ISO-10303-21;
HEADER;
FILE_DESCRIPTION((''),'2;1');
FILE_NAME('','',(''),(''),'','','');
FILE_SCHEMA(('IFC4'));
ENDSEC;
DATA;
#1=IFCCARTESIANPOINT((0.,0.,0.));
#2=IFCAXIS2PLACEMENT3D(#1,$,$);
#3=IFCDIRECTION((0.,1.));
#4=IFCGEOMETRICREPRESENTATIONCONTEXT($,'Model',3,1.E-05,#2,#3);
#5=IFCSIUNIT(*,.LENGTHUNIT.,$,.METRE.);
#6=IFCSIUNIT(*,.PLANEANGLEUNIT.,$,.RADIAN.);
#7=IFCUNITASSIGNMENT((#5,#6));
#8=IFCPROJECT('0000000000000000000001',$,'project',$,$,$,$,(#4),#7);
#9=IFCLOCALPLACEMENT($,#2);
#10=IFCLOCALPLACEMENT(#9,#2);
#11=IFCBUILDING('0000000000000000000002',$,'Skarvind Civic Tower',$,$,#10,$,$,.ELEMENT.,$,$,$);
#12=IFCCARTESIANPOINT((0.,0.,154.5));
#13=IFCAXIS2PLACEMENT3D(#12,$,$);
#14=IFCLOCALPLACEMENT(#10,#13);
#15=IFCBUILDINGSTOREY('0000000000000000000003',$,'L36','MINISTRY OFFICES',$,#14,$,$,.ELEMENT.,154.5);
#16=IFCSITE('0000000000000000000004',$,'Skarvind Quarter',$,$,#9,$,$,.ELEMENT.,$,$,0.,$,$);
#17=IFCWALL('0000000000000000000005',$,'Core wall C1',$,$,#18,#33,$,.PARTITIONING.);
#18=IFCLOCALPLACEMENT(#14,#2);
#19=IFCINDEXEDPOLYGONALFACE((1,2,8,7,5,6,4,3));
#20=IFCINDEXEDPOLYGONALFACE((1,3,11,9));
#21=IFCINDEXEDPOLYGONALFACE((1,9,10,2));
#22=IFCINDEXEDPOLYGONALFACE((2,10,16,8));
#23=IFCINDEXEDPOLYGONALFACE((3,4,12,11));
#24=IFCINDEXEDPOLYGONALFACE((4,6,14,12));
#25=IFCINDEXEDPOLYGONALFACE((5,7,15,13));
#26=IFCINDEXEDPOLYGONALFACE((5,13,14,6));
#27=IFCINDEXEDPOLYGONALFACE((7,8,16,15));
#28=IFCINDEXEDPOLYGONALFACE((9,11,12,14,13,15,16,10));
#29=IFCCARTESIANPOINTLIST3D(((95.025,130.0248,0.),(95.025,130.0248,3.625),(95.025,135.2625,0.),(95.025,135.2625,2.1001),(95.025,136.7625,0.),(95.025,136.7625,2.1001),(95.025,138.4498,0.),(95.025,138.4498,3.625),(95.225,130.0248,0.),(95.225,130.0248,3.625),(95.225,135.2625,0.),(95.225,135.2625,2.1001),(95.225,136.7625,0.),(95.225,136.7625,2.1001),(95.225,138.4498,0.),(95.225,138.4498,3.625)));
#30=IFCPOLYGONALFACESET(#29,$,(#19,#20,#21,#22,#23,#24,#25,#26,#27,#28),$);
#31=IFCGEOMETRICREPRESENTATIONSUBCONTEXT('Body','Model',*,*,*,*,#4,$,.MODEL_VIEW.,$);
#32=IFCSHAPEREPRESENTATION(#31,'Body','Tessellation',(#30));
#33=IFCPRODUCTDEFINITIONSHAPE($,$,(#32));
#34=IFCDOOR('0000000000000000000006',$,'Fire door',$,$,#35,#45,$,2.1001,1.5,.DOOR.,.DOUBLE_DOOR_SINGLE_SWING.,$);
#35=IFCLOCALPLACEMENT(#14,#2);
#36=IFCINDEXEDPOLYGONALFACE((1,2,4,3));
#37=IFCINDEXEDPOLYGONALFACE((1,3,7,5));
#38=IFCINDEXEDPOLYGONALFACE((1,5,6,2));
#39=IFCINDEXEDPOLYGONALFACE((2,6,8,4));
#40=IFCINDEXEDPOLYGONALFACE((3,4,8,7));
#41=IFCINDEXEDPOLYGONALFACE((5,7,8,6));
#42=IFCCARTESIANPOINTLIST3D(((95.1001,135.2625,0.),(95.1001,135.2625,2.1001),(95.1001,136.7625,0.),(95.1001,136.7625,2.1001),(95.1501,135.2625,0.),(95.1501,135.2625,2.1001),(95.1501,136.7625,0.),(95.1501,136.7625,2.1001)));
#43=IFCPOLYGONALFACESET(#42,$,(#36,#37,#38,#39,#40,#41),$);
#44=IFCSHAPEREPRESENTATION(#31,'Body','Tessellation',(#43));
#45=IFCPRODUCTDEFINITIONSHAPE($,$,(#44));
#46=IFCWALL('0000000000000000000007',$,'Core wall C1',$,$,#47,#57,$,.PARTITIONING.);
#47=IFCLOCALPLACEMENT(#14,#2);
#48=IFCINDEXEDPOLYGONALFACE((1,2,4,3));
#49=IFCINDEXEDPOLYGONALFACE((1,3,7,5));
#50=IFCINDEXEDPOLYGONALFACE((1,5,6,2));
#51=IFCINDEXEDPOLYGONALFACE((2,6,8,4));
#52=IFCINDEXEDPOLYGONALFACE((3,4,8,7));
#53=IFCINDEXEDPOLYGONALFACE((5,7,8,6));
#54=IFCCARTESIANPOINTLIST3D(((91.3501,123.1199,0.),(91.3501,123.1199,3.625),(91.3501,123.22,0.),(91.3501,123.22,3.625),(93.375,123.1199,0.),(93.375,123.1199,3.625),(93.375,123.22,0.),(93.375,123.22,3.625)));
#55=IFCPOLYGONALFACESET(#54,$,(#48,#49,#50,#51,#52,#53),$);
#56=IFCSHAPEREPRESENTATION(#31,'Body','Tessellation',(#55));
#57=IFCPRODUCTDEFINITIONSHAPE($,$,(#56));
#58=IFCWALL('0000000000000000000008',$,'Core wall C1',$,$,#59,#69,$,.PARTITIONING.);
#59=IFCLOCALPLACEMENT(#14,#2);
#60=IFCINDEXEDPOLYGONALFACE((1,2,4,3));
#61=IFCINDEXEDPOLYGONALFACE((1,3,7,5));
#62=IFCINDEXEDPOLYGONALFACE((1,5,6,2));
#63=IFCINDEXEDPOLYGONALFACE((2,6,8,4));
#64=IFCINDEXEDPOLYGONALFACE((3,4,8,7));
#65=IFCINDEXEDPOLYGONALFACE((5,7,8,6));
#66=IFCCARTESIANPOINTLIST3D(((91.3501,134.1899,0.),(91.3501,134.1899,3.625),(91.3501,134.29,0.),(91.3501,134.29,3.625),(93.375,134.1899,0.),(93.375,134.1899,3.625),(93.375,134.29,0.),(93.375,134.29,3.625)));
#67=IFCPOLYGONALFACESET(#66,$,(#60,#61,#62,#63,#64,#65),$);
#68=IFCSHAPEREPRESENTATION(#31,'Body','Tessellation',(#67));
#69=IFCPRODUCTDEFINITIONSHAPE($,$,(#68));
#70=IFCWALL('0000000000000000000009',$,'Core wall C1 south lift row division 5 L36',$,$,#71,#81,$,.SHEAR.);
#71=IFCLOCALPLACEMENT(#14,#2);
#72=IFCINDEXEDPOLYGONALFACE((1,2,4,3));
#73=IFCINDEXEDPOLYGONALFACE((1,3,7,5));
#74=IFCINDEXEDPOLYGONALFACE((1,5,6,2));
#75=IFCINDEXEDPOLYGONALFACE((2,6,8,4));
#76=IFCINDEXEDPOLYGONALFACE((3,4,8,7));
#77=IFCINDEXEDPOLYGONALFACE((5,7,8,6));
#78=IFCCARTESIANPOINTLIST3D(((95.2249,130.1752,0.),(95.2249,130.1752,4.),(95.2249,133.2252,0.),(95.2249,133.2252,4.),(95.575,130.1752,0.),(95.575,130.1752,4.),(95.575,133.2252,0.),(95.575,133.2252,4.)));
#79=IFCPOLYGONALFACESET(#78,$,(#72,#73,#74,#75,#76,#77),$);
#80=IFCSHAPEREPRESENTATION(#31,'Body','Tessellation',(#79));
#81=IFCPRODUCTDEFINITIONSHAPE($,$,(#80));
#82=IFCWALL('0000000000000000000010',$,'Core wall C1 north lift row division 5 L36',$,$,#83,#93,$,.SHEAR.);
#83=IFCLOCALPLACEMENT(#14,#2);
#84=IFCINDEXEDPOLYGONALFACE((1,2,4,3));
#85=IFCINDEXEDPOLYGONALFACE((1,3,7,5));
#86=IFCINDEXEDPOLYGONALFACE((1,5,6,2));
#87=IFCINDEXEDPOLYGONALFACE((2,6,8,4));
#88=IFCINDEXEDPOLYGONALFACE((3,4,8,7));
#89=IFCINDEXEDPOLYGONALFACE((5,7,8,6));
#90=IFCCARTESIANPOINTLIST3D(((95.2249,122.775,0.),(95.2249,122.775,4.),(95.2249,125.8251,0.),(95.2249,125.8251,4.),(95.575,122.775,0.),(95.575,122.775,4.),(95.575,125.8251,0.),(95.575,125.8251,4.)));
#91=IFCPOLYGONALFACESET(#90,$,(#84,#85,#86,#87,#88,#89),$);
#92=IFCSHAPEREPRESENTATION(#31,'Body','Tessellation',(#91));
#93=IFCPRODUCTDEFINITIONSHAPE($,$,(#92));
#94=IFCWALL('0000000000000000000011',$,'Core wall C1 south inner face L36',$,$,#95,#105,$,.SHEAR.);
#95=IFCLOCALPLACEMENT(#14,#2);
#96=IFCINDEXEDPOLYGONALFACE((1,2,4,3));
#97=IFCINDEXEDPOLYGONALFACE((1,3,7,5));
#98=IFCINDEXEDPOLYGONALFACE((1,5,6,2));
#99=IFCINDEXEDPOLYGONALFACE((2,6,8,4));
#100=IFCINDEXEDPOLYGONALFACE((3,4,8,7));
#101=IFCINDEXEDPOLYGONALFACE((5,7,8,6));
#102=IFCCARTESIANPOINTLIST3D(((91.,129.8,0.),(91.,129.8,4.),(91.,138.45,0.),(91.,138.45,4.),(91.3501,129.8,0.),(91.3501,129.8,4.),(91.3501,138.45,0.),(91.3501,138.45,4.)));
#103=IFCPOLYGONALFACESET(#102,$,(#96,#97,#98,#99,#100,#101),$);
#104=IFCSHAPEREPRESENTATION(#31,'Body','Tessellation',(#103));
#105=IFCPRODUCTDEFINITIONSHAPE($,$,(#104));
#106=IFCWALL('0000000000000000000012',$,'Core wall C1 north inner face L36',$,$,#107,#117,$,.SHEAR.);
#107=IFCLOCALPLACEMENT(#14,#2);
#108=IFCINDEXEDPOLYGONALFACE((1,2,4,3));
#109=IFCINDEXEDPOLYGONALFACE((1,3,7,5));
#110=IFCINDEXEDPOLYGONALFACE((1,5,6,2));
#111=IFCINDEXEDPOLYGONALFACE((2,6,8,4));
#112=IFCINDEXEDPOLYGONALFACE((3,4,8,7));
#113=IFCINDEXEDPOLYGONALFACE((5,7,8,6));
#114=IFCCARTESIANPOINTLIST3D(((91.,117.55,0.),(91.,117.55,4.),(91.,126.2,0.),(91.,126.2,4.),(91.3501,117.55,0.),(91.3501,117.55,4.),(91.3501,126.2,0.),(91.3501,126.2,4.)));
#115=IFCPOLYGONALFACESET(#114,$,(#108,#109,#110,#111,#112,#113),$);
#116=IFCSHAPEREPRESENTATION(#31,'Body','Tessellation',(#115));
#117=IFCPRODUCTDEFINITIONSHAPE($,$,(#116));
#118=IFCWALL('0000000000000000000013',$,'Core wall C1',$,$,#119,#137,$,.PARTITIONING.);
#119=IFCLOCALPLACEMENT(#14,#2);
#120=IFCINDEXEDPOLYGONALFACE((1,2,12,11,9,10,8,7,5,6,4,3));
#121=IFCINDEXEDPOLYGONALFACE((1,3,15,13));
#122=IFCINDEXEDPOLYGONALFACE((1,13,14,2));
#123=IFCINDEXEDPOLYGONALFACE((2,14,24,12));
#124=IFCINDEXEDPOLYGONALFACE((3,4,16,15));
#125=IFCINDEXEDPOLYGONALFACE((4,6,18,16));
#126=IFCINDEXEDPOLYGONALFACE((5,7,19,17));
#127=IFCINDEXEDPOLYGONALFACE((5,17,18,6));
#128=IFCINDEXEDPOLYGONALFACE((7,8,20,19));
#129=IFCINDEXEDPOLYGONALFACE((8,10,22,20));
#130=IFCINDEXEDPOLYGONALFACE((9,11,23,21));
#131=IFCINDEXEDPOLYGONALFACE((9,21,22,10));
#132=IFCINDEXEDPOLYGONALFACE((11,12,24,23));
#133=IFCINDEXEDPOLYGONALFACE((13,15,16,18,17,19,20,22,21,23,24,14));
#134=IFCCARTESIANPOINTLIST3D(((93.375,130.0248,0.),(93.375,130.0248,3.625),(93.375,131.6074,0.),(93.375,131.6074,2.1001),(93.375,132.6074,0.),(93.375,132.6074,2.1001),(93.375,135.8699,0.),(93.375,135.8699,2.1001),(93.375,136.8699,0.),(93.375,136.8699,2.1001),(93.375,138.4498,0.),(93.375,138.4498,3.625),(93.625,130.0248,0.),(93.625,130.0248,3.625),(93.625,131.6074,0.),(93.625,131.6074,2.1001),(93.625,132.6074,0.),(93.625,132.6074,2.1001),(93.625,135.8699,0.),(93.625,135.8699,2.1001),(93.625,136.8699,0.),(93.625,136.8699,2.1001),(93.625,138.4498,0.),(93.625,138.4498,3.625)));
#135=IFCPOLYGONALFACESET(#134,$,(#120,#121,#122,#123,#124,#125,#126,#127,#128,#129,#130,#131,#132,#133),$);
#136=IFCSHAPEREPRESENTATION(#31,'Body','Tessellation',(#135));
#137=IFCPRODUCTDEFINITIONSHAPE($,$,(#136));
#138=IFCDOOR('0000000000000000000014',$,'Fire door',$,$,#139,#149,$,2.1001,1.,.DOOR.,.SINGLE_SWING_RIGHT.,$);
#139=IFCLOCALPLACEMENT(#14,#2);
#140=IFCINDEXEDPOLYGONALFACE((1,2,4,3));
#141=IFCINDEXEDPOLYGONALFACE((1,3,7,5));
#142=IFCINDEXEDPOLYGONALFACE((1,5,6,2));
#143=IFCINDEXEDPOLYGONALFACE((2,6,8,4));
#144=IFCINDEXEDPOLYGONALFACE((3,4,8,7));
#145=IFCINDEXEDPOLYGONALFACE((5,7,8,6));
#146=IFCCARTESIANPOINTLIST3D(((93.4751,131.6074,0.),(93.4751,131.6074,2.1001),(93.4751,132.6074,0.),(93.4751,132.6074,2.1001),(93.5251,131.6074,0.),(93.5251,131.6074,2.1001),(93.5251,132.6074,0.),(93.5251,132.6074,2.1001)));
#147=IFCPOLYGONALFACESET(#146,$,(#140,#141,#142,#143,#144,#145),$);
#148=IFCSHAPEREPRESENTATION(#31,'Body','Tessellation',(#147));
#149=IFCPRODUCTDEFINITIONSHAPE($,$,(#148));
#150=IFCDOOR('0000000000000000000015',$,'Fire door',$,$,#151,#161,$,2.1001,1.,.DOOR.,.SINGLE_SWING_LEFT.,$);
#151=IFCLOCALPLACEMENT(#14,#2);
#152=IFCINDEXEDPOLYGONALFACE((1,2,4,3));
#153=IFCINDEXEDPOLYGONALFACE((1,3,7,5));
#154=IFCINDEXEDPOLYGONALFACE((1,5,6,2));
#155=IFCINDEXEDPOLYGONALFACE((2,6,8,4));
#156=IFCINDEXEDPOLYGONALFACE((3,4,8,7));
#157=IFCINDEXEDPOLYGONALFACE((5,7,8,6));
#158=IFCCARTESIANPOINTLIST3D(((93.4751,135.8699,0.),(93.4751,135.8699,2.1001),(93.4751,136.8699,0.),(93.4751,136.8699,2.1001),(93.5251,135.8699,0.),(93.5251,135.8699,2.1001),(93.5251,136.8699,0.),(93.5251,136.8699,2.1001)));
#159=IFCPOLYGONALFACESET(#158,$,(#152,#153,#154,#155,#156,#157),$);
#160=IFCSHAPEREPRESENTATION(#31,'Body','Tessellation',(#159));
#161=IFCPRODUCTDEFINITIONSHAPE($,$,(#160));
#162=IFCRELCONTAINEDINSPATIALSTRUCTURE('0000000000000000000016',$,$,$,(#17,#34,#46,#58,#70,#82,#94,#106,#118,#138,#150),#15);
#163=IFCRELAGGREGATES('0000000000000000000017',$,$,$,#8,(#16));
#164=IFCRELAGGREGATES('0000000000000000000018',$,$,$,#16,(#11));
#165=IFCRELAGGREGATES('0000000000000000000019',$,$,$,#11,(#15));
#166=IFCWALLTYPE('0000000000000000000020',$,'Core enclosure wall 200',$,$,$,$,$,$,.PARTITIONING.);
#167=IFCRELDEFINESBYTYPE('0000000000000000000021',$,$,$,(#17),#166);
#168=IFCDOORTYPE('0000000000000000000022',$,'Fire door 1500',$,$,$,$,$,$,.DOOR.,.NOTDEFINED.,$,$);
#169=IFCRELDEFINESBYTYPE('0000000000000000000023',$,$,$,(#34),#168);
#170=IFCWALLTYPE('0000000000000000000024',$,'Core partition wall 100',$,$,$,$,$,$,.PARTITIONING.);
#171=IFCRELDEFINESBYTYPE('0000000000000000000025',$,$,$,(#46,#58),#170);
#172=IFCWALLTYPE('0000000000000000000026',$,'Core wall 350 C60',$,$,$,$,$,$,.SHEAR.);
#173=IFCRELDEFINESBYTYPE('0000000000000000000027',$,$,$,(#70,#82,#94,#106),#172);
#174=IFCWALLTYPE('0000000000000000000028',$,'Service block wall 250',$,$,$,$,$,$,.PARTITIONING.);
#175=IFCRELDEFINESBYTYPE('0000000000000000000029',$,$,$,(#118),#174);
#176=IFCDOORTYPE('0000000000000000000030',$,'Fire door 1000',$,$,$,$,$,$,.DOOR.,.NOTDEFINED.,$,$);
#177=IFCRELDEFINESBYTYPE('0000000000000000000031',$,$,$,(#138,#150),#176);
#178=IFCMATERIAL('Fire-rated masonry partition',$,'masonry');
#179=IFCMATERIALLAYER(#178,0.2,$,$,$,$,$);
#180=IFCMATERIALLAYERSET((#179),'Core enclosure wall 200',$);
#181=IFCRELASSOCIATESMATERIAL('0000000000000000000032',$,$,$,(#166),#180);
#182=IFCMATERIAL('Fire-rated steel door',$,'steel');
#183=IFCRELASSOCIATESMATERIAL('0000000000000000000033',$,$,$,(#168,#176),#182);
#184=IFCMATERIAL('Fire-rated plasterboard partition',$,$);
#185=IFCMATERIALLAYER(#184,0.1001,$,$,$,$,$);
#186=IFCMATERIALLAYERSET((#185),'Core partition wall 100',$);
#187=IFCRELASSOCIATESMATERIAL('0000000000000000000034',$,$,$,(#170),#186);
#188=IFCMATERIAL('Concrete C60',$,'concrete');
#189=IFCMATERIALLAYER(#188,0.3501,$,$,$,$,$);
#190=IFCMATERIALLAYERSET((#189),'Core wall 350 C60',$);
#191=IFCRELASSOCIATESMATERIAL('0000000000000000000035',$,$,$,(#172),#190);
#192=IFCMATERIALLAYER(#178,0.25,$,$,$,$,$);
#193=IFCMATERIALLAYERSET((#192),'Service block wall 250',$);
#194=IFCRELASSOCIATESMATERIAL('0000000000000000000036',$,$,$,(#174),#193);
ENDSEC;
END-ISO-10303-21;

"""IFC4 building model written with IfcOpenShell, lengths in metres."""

from ifc_helpers import new_model, si_unit, direction, frame, frame_2d, origin, place, context, subcontext, project, spatial, rectangle, extrude, material, layer, layer_set, type_object, element, fill, save


model = new_model("IFC4")

# Units and contexts
model_context = context("Model", 3, precision=1e-05, world=origin(), true_north=direction((0.0, 1.0)))
body_context = subcontext(model_context, "Body", "Model", "MODEL_VIEW")
ifc_project = project(units=[si_unit("LENGTHUNIT", "METRE"), si_unit("PLANEANGLEUNIT", "RADIAN")], contexts=[model_context])

# Site, building, storey
site_placement = place(None, origin())
site = spatial("IfcSite", under=ifc_project, at=site_placement, Name="Skarvind Quarter", CompositionType="ELEMENT", RefElevation=0.0)
building_placement = place(site_placement, origin())
building = spatial("IfcBuilding", under=site, at=building_placement, Name="Skarvind Civic Tower", CompositionType="ELEMENT")
storey_placement = place(building_placement, frame((0.0, 0.0, 154.5)))
storey = spatial("IfcBuildingStorey", under=building, at=storey_placement, Name="L36", Description="MINISTRY OFFICES", CompositionType="ELEMENT", Elevation=154.5)

# Shared definitions
ifc_material_1 = material(Name="Concrete C60", Category="concrete")

# Wall, opening, door
ifc_material_2 = material(Name="Fire-rated masonry partition", Category="masonry")
ifc_layer_1 = layer(ifc_material_2, 0.2)
ifc_layer_set_1 = layer_set([ifc_layer_1], Name="Core enclosure wall 200")
wall_type_1 = type_object("IfcWallType", Name="Core enclosure wall 200", PredefinedType="PARTITIONING", material=ifc_layer_set_1)
ifc_material_3 = material(Name="Fire-rated steel door", Category="steel")
wall_1_placement = place(storey_placement, frame((95.125, 130.0249, 0.0), z_axis=(0.0, 0.0, 1.0), x_axis=(0.0, 1.0, 0.0)))
wall_1 = element("IfcWall", 1, at=wall_1_placement, inside=storey, type_object=wall_type_1, Name="Core wall C1", PredefinedType="PARTITIONING", context=body_context, shape_type="SweptSolid", body=[
    extrude(rectangle(XDim=8.425, YDim=0.2, at=frame_2d((4.2124, 0.0))), origin(), (0.0, 0.0, 1.0), 3.625),
])
opening_1_placement = place(wall_1_placement, frame((5.2375, 0.0, 0.0)))
opening_1 = element("IfcOpeningElement", 2, at=opening_1_placement, cuts=wall_1, PredefinedType="OPENING", context=body_context, shape_type="SweptSolid", body=[
    extrude(rectangle(XDim=1.5, YDim=2.1001, at=frame_2d((0.75, 1.05))), frame((0.0, 0.1099, 0.0), z_axis=(0.0, -1.0, 0.0), x_axis=(1.0, 0.0, 0.0)), (0.0, 0.0, 1.0), 0.22),
])
door_type_1 = type_object("IfcDoorType", Name="Fire door 1500", OperationType="NOTDEFINED", PredefinedType="DOOR", material=ifc_material_3)
door_1_placement = place(opening_1_placement, origin())
door_1 = element("IfcDoor", 3, at=door_1_placement, inside=storey, type_object=door_type_1, Name="Fire door", OperationType="DOUBLE_DOOR_SINGLE_SWING", OverallHeight=2.1001, OverallWidth=1.5, PredefinedType="DOOR", context=body_context, shape_type="SweptSolid", body=[
    extrude(rectangle(XDim=1.5, YDim=2.1001, at=frame_2d((0.75, 1.05))), frame((0.0, 0.0249, 0.0), z_axis=(0.0, -1.0, 0.0), x_axis=(1.0, 0.0, 0.0)), (0.0, 0.0, 1.0), 0.05),
])
fill(opening_1, door_1)

# Walls
ifc_material_4 = material(Name="Fire-rated plasterboard partition")
ifc_layer_2 = layer(ifc_material_4, 0.1001)
ifc_layer_set_2 = layer_set([ifc_layer_2], Name="Core partition wall 100")
wall_type_2 = type_object("IfcWallType", Name="Core partition wall 100", PredefinedType="PARTITIONING", material=ifc_layer_set_2)
for number, where, z_axis, x_axis, name in (
    (4, (93.375, 123.1699, 0.0), (0.0, 0.0, 1.0), (-1.0, 0.0, 0.0), "Core wall C1"),
    (5, (91.3501, 134.24, 0.0), (0.0, 0.0, 1.0), (1.0, 0.0, 0.0), "Core wall C1"),
):
    element("IfcWall", number, at=place(storey_placement, frame(where, z_axis=z_axis, x_axis=x_axis)), inside=storey, type_object=wall_type_2, Name=name, PredefinedType="PARTITIONING", context=body_context, shape_type="SweptSolid", body=[
        extrude(rectangle(XDim=2.0249, YDim=0.1001, at=frame_2d((1.0125, 0.0))), origin(), (0.0, 0.0, 1.0), 3.625),
    ])
ifc_layer_3 = layer(ifc_material_1, 0.3501)
ifc_layer_set_3 = layer_set([ifc_layer_3], Name="Core wall 350 C60")
wall_type_3 = type_object("IfcWallType", Name="Core wall 350 C60", PredefinedType="SHEAR", material=ifc_layer_set_3)
for number, where, z_axis, x_axis, name in (
    (6, (95.3999, 133.2251, 0.0), (0.0, 0.0, 1.0), (0.0, -1.0, 0.0), "Core wall C1 south lift row division 5 L36"),
    (7, (95.3999, 125.825, 0.0), (0.0, 0.0, 1.0), (0.0, -1.0, 0.0), "Core wall C1 north lift row division 5 L36"),
):
    element("IfcWall", number, at=place(storey_placement, frame(where, z_axis=z_axis, x_axis=x_axis)), inside=storey, type_object=wall_type_3, Name=name, PredefinedType="SHEAR", context=body_context, shape_type="SweptSolid", body=[
        extrude(rectangle(XDim=3.05, YDim=0.3501, at=frame_2d((1.5249, 0.0))), origin(), (0.0, 0.0, 1.0), 4.0),
    ])
for number, where, z_axis, x_axis, name in (
    (8, (91.175, 138.45, 0.0), (0.0, 0.0, 1.0), (0.0, -1.0, 0.0), "Core wall C1 south inner face L36"),
    (9, (91.175, 126.2, 0.0), (0.0, 0.0, 1.0), (0.0, -1.0, 0.0), "Core wall C1 north inner face L36"),
):
    element("IfcWall", number, at=place(storey_placement, frame(where, z_axis=z_axis, x_axis=x_axis)), inside=storey, type_object=wall_type_3, Name=name, PredefinedType="SHEAR", context=body_context, shape_type="SweptSolid", body=[
        extrude(rectangle(XDim=8.6499, YDim=0.3501, at=frame_2d((4.325, 0.0))), origin(), (0.0, 0.0, 1.0), 4.0),
    ])

# Wall, openings, doors
ifc_layer_4 = layer(ifc_material_2, 0.25)
ifc_layer_set_4 = layer_set([ifc_layer_4], Name="Service block wall 250")
wall_type_4 = type_object("IfcWallType", Name="Service block wall 250", PredefinedType="PARTITIONING", material=ifc_layer_set_4)
wall_2_placement = place(storey_placement, frame((93.5, 130.0249, 0.0), z_axis=(0.0, 0.0, 1.0), x_axis=(0.0, 1.0, 0.0)))
wall_2 = element("IfcWall", 10, at=wall_2_placement, inside=storey, type_object=wall_type_4, Name="Core wall C1", PredefinedType="PARTITIONING", context=body_context, shape_type="SweptSolid", body=[
    extrude(rectangle(XDim=8.425, YDim=0.25, at=frame_2d((4.2124, 0.0))), origin(), (0.0, 0.0, 1.0), 3.625),
])
opening_2_placement = place(wall_2_placement, frame((1.5825, 0.0, 0.0)))
opening_2 = element("IfcOpeningElement", 11, at=opening_2_placement, cuts=wall_2, PredefinedType="OPENING", context=body_context, shape_type="SweptSolid", body=[
    extrude(rectangle(XDim=1.0, YDim=2.1001, at=frame_2d((0.5, 1.05))), frame((0.0, 0.135, 0.0), z_axis=(0.0, -1.0, 0.0), x_axis=(1.0, 0.0, 0.0)), (0.0, 0.0, 1.0), 0.27),
])
opening_3_placement = place(wall_2_placement, frame((5.845, 0.0, 0.0)))
opening_3 = element("IfcOpeningElement", 12, at=opening_3_placement, cuts=wall_2, PredefinedType="OPENING", context=body_context, shape_type="SweptSolid", body=[
    extrude(rectangle(XDim=1.0, YDim=2.1001, at=frame_2d((0.5, 1.05))), frame((0.0, 0.135, 0.0), z_axis=(0.0, -1.0, 0.0), x_axis=(1.0, 0.0, 0.0)), (0.0, 0.0, 1.0), 0.27),
])
door_type_2 = type_object("IfcDoorType", Name="Fire door 1000", OperationType="NOTDEFINED", PredefinedType="DOOR", material=ifc_material_3)
door_2_placement = place(opening_2_placement, origin())
door_2 = element("IfcDoor", 13, at=door_2_placement, inside=storey, type_object=door_type_2, Name="Fire door", OperationType="SINGLE_SWING_RIGHT", OverallHeight=2.1001, OverallWidth=1.0, PredefinedType="DOOR", context=body_context, shape_type="SweptSolid", body=[
    extrude(rectangle(XDim=1.0, YDim=2.1001, at=frame_2d((0.5, 1.05))), frame((0.0, 0.0249, 0.0), z_axis=(0.0, -1.0, 0.0), x_axis=(1.0, 0.0, 0.0)), (0.0, 0.0, 1.0), 0.05),
])
fill(opening_2, door_2)
door_3_placement = place(opening_3_placement, origin())
door_3 = element("IfcDoor", 14, at=door_3_placement, inside=storey, type_object=door_type_2, Name="Fire door", OperationType="SINGLE_SWING_LEFT", OverallHeight=2.1001, OverallWidth=1.0, PredefinedType="DOOR", context=body_context, shape_type="SweptSolid", body=[
    extrude(rectangle(XDim=1.0, YDim=2.1001, at=frame_2d((0.5, 1.05))), frame((0.0, 0.0249, 0.0), z_axis=(0.0, -1.0, 0.0), x_axis=(1.0, 0.0, 0.0)), (0.0, 0.0, 1.0), 0.05),
])
fill(opening_3, door_3)

save(model, "model.ifc")
